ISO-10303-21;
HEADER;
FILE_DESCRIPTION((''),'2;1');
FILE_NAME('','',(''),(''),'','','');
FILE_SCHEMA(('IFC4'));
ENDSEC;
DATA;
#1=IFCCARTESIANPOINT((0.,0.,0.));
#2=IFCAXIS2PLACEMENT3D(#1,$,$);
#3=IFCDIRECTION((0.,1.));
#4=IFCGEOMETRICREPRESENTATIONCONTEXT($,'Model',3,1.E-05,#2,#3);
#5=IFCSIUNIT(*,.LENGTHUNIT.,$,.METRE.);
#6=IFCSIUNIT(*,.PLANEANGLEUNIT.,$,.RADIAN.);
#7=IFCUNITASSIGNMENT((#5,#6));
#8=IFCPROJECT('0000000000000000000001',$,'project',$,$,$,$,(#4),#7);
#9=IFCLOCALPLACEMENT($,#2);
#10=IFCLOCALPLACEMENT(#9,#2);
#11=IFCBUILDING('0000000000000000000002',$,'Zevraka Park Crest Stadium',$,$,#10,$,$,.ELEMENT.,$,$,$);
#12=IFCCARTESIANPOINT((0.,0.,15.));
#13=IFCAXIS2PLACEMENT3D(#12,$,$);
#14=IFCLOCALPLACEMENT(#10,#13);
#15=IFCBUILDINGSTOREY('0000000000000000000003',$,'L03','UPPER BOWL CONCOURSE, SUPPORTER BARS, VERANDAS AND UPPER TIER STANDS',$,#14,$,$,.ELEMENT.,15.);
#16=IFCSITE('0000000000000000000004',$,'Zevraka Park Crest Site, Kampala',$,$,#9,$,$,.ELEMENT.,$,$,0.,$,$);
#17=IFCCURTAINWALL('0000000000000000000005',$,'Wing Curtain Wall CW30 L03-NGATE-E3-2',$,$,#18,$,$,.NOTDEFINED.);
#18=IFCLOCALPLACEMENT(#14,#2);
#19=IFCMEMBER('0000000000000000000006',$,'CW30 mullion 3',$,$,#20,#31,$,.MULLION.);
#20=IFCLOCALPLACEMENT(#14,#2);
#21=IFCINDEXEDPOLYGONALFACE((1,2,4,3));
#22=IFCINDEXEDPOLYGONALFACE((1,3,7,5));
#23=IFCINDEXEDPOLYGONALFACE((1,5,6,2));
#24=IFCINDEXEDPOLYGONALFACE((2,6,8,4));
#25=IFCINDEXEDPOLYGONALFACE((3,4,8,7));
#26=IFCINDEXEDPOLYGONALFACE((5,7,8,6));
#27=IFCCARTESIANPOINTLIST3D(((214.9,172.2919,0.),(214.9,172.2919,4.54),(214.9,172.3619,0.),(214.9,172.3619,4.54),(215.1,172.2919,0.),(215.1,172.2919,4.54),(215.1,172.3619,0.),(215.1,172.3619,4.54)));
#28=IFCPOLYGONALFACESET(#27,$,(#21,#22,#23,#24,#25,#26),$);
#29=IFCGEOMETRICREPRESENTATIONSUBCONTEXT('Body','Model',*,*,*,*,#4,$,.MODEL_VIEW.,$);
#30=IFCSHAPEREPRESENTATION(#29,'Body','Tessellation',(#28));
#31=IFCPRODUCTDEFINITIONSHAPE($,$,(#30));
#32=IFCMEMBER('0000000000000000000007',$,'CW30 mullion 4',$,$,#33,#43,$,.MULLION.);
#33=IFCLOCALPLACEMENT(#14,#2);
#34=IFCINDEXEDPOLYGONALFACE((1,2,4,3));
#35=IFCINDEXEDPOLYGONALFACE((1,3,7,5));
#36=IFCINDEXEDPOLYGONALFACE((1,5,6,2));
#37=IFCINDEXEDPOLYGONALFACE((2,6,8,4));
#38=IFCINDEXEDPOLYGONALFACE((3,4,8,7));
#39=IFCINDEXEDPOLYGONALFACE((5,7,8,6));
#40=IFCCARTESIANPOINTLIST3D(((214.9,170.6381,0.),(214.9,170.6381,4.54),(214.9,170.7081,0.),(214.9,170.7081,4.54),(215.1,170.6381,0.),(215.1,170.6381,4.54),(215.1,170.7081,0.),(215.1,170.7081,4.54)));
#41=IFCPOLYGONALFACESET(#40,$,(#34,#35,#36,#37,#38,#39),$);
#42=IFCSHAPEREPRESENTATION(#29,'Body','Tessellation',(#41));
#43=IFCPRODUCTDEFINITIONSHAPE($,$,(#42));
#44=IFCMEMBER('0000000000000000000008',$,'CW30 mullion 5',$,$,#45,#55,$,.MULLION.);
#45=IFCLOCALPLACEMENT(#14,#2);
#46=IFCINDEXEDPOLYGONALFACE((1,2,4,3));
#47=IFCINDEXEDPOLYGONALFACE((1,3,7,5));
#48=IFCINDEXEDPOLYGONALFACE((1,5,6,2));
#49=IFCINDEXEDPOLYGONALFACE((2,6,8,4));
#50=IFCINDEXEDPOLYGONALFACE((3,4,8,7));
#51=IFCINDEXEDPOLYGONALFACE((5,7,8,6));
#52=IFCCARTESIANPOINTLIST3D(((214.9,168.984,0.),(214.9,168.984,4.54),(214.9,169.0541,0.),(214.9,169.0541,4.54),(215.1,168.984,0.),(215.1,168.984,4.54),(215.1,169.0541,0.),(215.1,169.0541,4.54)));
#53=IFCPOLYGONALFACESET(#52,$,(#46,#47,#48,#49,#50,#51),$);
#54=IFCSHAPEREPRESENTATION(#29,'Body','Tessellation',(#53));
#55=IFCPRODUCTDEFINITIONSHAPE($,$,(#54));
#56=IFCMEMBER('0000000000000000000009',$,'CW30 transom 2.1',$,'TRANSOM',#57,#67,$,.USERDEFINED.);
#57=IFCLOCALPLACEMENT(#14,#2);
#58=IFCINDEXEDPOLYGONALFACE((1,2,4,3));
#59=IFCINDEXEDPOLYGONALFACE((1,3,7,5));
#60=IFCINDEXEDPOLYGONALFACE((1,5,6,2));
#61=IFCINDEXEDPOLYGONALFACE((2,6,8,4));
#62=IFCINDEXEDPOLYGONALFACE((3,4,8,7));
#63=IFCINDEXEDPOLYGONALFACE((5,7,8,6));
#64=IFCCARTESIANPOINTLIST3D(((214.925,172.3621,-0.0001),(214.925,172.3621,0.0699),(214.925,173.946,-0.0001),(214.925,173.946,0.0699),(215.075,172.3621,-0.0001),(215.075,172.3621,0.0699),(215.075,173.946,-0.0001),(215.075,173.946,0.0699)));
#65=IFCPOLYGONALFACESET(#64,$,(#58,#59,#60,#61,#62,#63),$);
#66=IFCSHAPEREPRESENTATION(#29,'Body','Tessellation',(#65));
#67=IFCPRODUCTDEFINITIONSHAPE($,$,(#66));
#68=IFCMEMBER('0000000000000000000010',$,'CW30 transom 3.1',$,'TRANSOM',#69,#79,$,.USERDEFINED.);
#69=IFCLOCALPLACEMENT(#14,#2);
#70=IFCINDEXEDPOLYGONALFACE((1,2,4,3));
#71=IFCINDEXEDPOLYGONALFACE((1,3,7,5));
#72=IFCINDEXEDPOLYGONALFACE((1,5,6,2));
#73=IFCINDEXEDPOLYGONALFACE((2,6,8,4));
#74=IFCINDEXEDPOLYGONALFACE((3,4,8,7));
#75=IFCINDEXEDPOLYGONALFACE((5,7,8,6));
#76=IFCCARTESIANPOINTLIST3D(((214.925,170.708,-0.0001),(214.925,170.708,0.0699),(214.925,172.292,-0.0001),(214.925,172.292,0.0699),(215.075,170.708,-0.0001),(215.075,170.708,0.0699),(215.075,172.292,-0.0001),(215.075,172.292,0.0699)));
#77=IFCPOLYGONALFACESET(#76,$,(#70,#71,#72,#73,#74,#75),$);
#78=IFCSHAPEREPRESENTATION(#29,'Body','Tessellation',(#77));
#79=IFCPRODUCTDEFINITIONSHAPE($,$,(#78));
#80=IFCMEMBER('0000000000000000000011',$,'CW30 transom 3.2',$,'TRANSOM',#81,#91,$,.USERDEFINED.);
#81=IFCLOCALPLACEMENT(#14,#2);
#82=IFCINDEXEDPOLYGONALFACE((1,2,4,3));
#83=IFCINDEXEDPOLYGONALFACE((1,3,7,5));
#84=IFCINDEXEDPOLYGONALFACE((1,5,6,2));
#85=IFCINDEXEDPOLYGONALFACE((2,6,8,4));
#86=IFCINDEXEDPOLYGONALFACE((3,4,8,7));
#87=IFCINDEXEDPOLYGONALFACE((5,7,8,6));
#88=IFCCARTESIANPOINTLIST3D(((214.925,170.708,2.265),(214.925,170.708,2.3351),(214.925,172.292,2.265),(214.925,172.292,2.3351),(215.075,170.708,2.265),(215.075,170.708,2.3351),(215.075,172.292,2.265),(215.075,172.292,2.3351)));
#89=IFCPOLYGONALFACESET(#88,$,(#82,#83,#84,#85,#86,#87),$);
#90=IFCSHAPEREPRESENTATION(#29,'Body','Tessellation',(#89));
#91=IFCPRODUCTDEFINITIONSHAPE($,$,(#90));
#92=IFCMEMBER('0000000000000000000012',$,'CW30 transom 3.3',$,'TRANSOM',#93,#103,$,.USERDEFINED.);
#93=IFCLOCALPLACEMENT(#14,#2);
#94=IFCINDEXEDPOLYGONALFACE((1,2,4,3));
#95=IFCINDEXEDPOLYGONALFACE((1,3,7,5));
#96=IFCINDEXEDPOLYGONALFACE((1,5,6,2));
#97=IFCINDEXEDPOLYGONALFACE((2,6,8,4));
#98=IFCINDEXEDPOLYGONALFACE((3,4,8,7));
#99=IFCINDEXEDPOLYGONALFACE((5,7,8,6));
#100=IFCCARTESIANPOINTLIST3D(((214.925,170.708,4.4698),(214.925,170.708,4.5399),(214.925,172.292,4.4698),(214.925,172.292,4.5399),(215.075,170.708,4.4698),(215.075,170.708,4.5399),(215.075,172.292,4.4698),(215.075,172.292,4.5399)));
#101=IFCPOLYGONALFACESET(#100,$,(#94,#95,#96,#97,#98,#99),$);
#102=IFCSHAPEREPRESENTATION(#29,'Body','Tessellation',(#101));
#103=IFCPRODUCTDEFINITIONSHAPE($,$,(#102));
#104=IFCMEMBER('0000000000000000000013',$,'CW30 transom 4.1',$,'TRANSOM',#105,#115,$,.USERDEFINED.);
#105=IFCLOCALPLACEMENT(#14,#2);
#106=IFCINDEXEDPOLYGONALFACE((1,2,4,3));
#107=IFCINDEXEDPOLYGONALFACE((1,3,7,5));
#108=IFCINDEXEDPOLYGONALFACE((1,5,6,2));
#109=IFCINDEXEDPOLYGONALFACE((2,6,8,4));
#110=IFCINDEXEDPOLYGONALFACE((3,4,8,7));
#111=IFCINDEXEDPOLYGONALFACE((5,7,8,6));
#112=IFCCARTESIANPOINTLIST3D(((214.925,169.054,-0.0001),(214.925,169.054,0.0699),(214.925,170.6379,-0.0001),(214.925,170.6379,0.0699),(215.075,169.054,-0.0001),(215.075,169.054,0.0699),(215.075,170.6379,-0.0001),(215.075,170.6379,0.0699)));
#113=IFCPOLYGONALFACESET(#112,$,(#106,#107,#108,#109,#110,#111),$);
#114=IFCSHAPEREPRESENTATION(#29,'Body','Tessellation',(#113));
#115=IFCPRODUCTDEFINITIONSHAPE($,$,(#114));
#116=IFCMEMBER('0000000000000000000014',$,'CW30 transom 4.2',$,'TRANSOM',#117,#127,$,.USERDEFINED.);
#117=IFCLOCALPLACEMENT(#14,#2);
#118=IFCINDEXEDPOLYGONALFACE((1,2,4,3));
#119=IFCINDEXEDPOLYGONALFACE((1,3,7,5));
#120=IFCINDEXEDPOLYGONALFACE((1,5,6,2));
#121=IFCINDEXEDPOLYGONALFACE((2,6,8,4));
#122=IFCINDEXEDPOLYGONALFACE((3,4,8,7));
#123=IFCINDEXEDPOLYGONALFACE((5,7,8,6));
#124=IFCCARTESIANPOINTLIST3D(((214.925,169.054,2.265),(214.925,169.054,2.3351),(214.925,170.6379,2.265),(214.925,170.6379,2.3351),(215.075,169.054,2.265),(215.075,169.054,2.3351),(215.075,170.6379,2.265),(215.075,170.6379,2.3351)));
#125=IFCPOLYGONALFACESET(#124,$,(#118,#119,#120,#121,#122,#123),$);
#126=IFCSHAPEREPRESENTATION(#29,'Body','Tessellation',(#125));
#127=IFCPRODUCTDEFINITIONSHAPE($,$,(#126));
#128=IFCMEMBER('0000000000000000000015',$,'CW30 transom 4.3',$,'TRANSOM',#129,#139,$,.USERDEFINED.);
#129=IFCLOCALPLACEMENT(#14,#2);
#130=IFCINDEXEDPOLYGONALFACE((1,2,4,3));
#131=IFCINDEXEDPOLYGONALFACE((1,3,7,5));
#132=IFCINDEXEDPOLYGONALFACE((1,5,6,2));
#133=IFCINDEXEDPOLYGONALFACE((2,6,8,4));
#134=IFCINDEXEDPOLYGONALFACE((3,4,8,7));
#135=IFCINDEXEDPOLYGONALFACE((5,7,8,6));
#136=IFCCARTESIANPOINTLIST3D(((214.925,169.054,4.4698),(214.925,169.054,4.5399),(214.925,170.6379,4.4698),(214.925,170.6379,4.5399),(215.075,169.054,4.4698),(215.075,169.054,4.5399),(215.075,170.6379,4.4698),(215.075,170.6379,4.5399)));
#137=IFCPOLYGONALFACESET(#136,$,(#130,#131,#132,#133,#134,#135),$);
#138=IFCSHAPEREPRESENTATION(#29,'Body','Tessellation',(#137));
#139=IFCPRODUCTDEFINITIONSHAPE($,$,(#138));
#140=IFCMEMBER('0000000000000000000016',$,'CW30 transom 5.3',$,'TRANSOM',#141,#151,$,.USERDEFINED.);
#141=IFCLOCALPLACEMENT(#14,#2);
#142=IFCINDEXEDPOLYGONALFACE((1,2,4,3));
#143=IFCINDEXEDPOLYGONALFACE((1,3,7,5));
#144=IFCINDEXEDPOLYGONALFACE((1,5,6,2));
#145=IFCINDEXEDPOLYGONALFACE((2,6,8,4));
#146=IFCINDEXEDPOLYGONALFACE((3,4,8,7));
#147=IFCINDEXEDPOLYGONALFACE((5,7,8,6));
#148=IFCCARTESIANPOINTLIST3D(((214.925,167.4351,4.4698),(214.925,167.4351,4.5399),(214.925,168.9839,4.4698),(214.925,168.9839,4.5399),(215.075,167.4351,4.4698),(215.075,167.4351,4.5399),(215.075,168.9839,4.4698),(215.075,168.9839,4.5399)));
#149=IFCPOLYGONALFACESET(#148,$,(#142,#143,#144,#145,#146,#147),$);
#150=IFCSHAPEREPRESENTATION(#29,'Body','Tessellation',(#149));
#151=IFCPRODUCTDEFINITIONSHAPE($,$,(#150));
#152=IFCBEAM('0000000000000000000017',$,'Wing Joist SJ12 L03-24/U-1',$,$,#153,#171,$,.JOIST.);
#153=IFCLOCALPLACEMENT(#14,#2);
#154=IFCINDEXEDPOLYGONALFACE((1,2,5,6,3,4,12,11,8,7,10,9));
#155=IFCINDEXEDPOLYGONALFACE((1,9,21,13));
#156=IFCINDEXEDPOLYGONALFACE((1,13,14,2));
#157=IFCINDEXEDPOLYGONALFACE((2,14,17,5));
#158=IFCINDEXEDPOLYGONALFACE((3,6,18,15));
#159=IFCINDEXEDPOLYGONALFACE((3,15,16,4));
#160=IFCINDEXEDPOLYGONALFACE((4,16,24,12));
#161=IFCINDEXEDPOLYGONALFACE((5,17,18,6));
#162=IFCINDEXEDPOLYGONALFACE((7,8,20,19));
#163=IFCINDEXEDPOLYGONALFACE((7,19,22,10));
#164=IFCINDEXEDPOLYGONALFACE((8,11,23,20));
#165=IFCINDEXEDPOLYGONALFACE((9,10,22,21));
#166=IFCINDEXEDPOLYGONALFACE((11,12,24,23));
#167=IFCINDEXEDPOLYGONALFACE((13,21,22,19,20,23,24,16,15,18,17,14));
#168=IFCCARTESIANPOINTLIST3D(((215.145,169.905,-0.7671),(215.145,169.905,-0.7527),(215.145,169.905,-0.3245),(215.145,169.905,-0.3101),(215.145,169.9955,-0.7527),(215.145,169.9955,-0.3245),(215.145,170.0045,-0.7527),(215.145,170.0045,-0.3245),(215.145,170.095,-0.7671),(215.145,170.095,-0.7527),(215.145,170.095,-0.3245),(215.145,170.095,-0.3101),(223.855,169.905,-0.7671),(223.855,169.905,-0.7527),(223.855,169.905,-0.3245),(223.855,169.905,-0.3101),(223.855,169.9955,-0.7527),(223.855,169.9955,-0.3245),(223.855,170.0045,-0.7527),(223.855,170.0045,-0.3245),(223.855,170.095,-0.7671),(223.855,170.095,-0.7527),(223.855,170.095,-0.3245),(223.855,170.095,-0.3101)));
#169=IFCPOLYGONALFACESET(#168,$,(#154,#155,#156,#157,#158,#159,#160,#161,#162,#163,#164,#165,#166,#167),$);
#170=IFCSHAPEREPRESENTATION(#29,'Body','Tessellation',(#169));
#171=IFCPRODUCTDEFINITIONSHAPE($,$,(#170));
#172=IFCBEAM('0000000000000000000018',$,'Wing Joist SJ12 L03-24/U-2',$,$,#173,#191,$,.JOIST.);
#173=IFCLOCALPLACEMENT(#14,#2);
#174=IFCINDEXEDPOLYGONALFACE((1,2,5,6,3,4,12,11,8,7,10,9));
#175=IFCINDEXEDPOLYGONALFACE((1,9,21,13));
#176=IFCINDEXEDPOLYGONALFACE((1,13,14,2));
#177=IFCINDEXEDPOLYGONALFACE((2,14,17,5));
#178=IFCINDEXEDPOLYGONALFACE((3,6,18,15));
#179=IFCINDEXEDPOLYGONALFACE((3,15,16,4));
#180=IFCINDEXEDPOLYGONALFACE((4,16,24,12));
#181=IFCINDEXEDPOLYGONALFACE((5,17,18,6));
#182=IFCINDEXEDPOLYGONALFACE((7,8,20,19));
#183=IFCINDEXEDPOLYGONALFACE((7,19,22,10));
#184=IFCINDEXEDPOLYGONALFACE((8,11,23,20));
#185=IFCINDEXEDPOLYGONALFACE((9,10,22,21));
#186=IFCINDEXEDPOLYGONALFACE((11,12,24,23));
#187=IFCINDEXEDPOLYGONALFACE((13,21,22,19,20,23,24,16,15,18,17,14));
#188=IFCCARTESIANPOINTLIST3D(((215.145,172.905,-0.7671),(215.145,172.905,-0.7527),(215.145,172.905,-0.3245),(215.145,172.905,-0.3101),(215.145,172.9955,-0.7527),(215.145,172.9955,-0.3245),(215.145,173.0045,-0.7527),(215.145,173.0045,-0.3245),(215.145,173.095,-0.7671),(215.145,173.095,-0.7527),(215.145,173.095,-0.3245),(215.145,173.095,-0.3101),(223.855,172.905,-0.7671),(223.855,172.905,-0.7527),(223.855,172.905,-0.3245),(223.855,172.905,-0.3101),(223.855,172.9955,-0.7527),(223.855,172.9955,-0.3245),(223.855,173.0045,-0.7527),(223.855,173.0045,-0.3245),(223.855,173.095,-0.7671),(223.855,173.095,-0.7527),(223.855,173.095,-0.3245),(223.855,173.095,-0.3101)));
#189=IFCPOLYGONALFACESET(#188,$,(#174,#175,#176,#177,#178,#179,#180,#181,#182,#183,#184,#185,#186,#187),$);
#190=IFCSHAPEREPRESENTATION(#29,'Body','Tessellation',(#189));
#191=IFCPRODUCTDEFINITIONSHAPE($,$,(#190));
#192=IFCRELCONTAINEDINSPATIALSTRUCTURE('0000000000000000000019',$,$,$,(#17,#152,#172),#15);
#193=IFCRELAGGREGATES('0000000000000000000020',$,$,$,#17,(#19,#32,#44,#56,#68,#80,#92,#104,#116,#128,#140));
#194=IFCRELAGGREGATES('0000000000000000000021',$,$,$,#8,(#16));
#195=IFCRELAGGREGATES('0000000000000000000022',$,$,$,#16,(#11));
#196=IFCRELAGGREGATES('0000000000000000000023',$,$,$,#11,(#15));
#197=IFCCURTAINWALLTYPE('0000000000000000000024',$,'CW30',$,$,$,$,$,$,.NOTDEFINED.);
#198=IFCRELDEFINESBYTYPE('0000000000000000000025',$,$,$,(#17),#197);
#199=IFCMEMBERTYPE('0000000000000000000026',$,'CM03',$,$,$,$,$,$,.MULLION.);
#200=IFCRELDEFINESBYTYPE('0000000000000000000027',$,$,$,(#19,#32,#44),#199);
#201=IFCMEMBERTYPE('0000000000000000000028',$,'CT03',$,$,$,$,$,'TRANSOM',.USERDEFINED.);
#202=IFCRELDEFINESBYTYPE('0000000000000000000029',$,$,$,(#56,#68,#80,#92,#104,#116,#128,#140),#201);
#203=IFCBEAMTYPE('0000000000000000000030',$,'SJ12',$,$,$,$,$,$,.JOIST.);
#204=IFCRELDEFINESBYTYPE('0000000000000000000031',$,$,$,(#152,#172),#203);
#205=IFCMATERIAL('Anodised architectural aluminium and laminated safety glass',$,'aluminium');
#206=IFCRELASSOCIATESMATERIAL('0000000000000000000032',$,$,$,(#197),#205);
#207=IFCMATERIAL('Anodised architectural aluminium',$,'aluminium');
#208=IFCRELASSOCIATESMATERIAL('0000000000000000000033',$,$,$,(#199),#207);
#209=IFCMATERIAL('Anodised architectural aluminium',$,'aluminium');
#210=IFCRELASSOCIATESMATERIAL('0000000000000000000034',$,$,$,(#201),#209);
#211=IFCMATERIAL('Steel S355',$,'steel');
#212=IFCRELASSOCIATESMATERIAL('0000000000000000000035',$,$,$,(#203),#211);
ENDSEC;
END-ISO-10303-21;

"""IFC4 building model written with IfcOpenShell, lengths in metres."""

from ifc_helpers import new_model, si_unit, direction, frame, origin, origin_2d, place, context, subcontext, project, spatial, rectangle, i_section, extrude, material, material_profile, profile_set, type_object, element, aggregate, save


model = new_model("IFC4")

# Units and contexts
model_context = context("Model", 3, precision=1e-05, world=origin(), true_north=direction((0.0, 1.0)))
body_context = subcontext(model_context, "Body", "Model", "MODEL_VIEW")
ifc_project = project(units=[si_unit("LENGTHUNIT", "METRE"), si_unit("PLANEANGLEUNIT", "RADIAN")], contexts=[model_context])

# Site, building, storey
site_placement = place(None, origin())
site = spatial("IfcSite", under=ifc_project, at=site_placement, Name="Zevraka Park Crest Site, Kampala", CompositionType="ELEMENT", RefElevation=0.0)
building_placement = place(site_placement, origin())
building = spatial("IfcBuilding", under=site, at=building_placement, Name="Zevraka Park Crest Stadium", CompositionType="ELEMENT")
storey_placement = place(building_placement, frame((0.0, 0.0, 15.0)))
storey = spatial("IfcBuildingStorey", under=building, at=storey_placement, Name="L03", Description="UPPER BOWL CONCOURSE, SUPPORTER BARS, VERANDAS AND UPPER TIER STANDS", CompositionType="ELEMENT", Elevation=15.0)

# Curtain wall, members
ifc_material_1 = material(Name="Anodised architectural aluminium and laminated safety glass", Category="aluminium")
curtain_wall_type = type_object("IfcCurtainWallType", Name="CW30", PredefinedType="NOTDEFINED", material=ifc_material_1)
curtain_wall_placement = place(storey_placement, origin())
curtain_wall = element("IfcCurtainWall", 1, at=curtain_wall_placement, inside=storey, type_object=curtain_wall_type, Name="Wing Curtain Wall CW30 L03-NGATE-E3-2", PredefinedType="NOTDEFINED")
ifc_material_2 = material(Name="Anodised architectural aluminium", Category="aluminium")
ifc_material_profile_1 = material_profile(ifc_material_2, rectangle(XDim=0.2, YDim=0.0701, at=origin_2d()), Name="ALU MULLION 200x70")
ifc_profile_set_1 = profile_set([ifc_material_profile_1], Name="Anodised architectural aluminium")
member_type_1 = type_object("IfcMemberType", Name="CM03", PredefinedType="MULLION", material=ifc_profile_set_1)
member_1_placement = place(storey_placement, frame((215.0, 172.3269, 0.0), z_axis=(0.0, 0.0, 1.0), x_axis=(1.0, 0.0, 0.0)))
member_1 = element("IfcMember", 2, at=member_1_placement, type_object=member_type_1, Name="CW30 mullion 3", PredefinedType="MULLION", context=body_context, shape_type="SweptSolid", body=[
    extrude(rectangle(XDim=0.2, YDim=0.0701, at=origin_2d()), origin(), (0.0, 0.0, 1.0), 4.54),
])
member_2_placement = place(storey_placement, frame((215.0, 170.6731, 0.0), z_axis=(0.0, 0.0, 1.0), x_axis=(1.0, 0.0, 0.0)))
member_2 = element("IfcMember", 3, at=member_2_placement, type_object=member_type_1, Name="CW30 mullion 4", PredefinedType="MULLION", context=body_context, shape_type="SweptSolid", body=[
    extrude(rectangle(XDim=0.2, YDim=0.0701, at=origin_2d()), origin(), (0.0, 0.0, 1.0), 4.54),
])
member_3_placement = place(storey_placement, frame((215.0, 169.019, 0.0), z_axis=(0.0, 0.0, 1.0), x_axis=(1.0, 0.0, 0.0)))
member_3 = element("IfcMember", 4, at=member_3_placement, type_object=member_type_1, Name="CW30 mullion 5", PredefinedType="MULLION", context=body_context, shape_type="SweptSolid", body=[
    extrude(rectangle(XDim=0.2, YDim=0.0701, at=origin_2d()), origin(), (0.0, 0.0, 1.0), 4.54),
])
ifc_material_3 = material(Name="Anodised architectural aluminium", Category="aluminium")
ifc_material_profile_2 = material_profile(ifc_material_3, rectangle(XDim=0.1499, YDim=0.0701, at=origin_2d()), Name="ALU TRANSOM 150x70")
ifc_profile_set_2 = profile_set([ifc_material_profile_2], Name="Anodised architectural aluminium")
member_type_2 = type_object("IfcMemberType", Name="CT03", ElementType="TRANSOM", PredefinedType="USERDEFINED", material=ifc_profile_set_2)
member_4_placement = place(storey_placement, frame((215.0, 173.946, 0.0349), z_axis=(0.0, -1.0, 0.0), x_axis=(1.0, 0.0, 0.0)))
member_4 = element("IfcMember", 5, at=member_4_placement, type_object=member_type_2, Name="CW30 transom 2.1", ObjectType="TRANSOM", PredefinedType="USERDEFINED", context=body_context, shape_type="SweptSolid", body=[
    extrude(rectangle(XDim=0.1499, YDim=0.0701, at=origin_2d()), origin(), (0.0, 0.0, 1.0), 1.584),
])
member_5_placement = place(storey_placement, frame((215.0, 172.292, 0.0349), z_axis=(0.0, -1.0, 0.0), x_axis=(1.0, 0.0, 0.0)))
member_5 = element("IfcMember", 6, at=member_5_placement, type_object=member_type_2, Name="CW30 transom 3.1", ObjectType="TRANSOM", PredefinedType="USERDEFINED", context=body_context, shape_type="SweptSolid", body=[
    extrude(rectangle(XDim=0.1499, YDim=0.0701, at=origin_2d()), origin(), (0.0, 0.0, 1.0), 1.584),
])
member_6_placement = place(storey_placement, frame((215.0, 172.292, 2.3), z_axis=(0.0, -1.0, 0.0), x_axis=(1.0, 0.0, 0.0)))
member_6 = element("IfcMember", 7, at=member_6_placement, type_object=member_type_2, Name="CW30 transom 3.2", ObjectType="TRANSOM", PredefinedType="USERDEFINED", context=body_context, shape_type="SweptSolid", body=[
    extrude(rectangle(XDim=0.1499, YDim=0.0701, at=origin_2d()), origin(), (0.0, 0.0, 1.0), 1.584),
])
member_7_placement = place(storey_placement, frame((215.0, 172.292, 4.5049), z_axis=(0.0, -1.0, 0.0), x_axis=(1.0, 0.0, 0.0)))
member_7 = element("IfcMember", 8, at=member_7_placement, type_object=member_type_2, Name="CW30 transom 3.3", ObjectType="TRANSOM", PredefinedType="USERDEFINED", context=body_context, shape_type="SweptSolid", body=[
    extrude(rectangle(XDim=0.1499, YDim=0.0701, at=origin_2d()), origin(), (0.0, 0.0, 1.0), 1.584),
])
member_8_placement = place(storey_placement, frame((215.0, 170.6379, 0.0349), z_axis=(0.0, -1.0, 0.0), x_axis=(1.0, 0.0, 0.0)))
member_8 = element("IfcMember", 9, at=member_8_placement, type_object=member_type_2, Name="CW30 transom 4.1", ObjectType="TRANSOM", PredefinedType="USERDEFINED", context=body_context, shape_type="SweptSolid", body=[
    extrude(rectangle(XDim=0.1499, YDim=0.0701, at=origin_2d()), origin(), (0.0, 0.0, 1.0), 1.584),
])
member_9_placement = place(storey_placement, frame((215.0, 170.6379, 2.3), z_axis=(0.0, -1.0, 0.0), x_axis=(1.0, 0.0, 0.0)))
member_9 = element("IfcMember", 10, at=member_9_placement, type_object=member_type_2, Name="CW30 transom 4.2", ObjectType="TRANSOM", PredefinedType="USERDEFINED", context=body_context, shape_type="SweptSolid", body=[
    extrude(rectangle(XDim=0.1499, YDim=0.0701, at=origin_2d()), origin(), (0.0, 0.0, 1.0), 1.584),
])
member_10_placement = place(storey_placement, frame((215.0, 170.6379, 4.5049), z_axis=(0.0, -1.0, 0.0), x_axis=(1.0, 0.0, 0.0)))
member_10 = element("IfcMember", 11, at=member_10_placement, type_object=member_type_2, Name="CW30 transom 4.3", ObjectType="TRANSOM", PredefinedType="USERDEFINED", context=body_context, shape_type="SweptSolid", body=[
    extrude(rectangle(XDim=0.1499, YDim=0.0701, at=origin_2d()), origin(), (0.0, 0.0, 1.0), 1.584),
])
member_11_placement = place(storey_placement, frame((215.0, 168.9839, 4.5049), z_axis=(0.0, -1.0, 0.0), x_axis=(1.0, 0.0, 0.0)))
member_11 = element("IfcMember", 12, at=member_11_placement, type_object=member_type_2, Name="CW30 transom 5.3", ObjectType="TRANSOM", PredefinedType="USERDEFINED", context=body_context, shape_type="SweptSolid", body=[
    extrude(rectangle(XDim=0.1499, YDim=0.0701, at=origin_2d()), origin(), (0.0, 0.0, 1.0), 1.5488),
])

# Beams
ifc_material_4 = material(Name="Steel S355", Category="steel")
ifc_material_profile_3 = material_profile(ifc_material_4, i_section(OverallWidth=0.1899, OverallDepth=0.457, WebThickness=0.009, FlangeThickness=0.0144, at=origin_2d()), Name="UKB 457x191x74")
ifc_profile_set_3 = profile_set([ifc_material_profile_3], Name="Steel S355")
beam_type = type_object("IfcBeamType", Name="SJ12", PredefinedType="JOIST", material=ifc_profile_set_3)
for number, where, z_axis, x_axis, name in (
    (13, (215.145, 170.0, -0.5386), (1.0, 0.0, 0.0), (0.0, 1.0, 0.0), "Wing Joist SJ12 L03-24/U-1"),
    (14, (215.145, 173.0, -0.5386), (1.0, 0.0, 0.0), (0.0, 1.0, 0.0), "Wing Joist SJ12 L03-24/U-2"),
):
    element("IfcBeam", number, at=place(storey_placement, frame(where, z_axis=z_axis, x_axis=x_axis)), inside=storey, type_object=beam_type, Name=name, PredefinedType="JOIST", context=body_context, shape_type="SweptSolid", body=[
        extrude(i_section(OverallWidth=0.1899, OverallDepth=0.457, WebThickness=0.009, FlangeThickness=0.0144, at=origin_2d()), origin(), (0.0, 0.0, 1.0), 8.71),
    ])

aggregate(curtain_wall, [member_1, member_2, member_3, member_4, member_5, member_6, member_7, member_8, member_9, member_10, member_11])

save(model, "model.ifc")
